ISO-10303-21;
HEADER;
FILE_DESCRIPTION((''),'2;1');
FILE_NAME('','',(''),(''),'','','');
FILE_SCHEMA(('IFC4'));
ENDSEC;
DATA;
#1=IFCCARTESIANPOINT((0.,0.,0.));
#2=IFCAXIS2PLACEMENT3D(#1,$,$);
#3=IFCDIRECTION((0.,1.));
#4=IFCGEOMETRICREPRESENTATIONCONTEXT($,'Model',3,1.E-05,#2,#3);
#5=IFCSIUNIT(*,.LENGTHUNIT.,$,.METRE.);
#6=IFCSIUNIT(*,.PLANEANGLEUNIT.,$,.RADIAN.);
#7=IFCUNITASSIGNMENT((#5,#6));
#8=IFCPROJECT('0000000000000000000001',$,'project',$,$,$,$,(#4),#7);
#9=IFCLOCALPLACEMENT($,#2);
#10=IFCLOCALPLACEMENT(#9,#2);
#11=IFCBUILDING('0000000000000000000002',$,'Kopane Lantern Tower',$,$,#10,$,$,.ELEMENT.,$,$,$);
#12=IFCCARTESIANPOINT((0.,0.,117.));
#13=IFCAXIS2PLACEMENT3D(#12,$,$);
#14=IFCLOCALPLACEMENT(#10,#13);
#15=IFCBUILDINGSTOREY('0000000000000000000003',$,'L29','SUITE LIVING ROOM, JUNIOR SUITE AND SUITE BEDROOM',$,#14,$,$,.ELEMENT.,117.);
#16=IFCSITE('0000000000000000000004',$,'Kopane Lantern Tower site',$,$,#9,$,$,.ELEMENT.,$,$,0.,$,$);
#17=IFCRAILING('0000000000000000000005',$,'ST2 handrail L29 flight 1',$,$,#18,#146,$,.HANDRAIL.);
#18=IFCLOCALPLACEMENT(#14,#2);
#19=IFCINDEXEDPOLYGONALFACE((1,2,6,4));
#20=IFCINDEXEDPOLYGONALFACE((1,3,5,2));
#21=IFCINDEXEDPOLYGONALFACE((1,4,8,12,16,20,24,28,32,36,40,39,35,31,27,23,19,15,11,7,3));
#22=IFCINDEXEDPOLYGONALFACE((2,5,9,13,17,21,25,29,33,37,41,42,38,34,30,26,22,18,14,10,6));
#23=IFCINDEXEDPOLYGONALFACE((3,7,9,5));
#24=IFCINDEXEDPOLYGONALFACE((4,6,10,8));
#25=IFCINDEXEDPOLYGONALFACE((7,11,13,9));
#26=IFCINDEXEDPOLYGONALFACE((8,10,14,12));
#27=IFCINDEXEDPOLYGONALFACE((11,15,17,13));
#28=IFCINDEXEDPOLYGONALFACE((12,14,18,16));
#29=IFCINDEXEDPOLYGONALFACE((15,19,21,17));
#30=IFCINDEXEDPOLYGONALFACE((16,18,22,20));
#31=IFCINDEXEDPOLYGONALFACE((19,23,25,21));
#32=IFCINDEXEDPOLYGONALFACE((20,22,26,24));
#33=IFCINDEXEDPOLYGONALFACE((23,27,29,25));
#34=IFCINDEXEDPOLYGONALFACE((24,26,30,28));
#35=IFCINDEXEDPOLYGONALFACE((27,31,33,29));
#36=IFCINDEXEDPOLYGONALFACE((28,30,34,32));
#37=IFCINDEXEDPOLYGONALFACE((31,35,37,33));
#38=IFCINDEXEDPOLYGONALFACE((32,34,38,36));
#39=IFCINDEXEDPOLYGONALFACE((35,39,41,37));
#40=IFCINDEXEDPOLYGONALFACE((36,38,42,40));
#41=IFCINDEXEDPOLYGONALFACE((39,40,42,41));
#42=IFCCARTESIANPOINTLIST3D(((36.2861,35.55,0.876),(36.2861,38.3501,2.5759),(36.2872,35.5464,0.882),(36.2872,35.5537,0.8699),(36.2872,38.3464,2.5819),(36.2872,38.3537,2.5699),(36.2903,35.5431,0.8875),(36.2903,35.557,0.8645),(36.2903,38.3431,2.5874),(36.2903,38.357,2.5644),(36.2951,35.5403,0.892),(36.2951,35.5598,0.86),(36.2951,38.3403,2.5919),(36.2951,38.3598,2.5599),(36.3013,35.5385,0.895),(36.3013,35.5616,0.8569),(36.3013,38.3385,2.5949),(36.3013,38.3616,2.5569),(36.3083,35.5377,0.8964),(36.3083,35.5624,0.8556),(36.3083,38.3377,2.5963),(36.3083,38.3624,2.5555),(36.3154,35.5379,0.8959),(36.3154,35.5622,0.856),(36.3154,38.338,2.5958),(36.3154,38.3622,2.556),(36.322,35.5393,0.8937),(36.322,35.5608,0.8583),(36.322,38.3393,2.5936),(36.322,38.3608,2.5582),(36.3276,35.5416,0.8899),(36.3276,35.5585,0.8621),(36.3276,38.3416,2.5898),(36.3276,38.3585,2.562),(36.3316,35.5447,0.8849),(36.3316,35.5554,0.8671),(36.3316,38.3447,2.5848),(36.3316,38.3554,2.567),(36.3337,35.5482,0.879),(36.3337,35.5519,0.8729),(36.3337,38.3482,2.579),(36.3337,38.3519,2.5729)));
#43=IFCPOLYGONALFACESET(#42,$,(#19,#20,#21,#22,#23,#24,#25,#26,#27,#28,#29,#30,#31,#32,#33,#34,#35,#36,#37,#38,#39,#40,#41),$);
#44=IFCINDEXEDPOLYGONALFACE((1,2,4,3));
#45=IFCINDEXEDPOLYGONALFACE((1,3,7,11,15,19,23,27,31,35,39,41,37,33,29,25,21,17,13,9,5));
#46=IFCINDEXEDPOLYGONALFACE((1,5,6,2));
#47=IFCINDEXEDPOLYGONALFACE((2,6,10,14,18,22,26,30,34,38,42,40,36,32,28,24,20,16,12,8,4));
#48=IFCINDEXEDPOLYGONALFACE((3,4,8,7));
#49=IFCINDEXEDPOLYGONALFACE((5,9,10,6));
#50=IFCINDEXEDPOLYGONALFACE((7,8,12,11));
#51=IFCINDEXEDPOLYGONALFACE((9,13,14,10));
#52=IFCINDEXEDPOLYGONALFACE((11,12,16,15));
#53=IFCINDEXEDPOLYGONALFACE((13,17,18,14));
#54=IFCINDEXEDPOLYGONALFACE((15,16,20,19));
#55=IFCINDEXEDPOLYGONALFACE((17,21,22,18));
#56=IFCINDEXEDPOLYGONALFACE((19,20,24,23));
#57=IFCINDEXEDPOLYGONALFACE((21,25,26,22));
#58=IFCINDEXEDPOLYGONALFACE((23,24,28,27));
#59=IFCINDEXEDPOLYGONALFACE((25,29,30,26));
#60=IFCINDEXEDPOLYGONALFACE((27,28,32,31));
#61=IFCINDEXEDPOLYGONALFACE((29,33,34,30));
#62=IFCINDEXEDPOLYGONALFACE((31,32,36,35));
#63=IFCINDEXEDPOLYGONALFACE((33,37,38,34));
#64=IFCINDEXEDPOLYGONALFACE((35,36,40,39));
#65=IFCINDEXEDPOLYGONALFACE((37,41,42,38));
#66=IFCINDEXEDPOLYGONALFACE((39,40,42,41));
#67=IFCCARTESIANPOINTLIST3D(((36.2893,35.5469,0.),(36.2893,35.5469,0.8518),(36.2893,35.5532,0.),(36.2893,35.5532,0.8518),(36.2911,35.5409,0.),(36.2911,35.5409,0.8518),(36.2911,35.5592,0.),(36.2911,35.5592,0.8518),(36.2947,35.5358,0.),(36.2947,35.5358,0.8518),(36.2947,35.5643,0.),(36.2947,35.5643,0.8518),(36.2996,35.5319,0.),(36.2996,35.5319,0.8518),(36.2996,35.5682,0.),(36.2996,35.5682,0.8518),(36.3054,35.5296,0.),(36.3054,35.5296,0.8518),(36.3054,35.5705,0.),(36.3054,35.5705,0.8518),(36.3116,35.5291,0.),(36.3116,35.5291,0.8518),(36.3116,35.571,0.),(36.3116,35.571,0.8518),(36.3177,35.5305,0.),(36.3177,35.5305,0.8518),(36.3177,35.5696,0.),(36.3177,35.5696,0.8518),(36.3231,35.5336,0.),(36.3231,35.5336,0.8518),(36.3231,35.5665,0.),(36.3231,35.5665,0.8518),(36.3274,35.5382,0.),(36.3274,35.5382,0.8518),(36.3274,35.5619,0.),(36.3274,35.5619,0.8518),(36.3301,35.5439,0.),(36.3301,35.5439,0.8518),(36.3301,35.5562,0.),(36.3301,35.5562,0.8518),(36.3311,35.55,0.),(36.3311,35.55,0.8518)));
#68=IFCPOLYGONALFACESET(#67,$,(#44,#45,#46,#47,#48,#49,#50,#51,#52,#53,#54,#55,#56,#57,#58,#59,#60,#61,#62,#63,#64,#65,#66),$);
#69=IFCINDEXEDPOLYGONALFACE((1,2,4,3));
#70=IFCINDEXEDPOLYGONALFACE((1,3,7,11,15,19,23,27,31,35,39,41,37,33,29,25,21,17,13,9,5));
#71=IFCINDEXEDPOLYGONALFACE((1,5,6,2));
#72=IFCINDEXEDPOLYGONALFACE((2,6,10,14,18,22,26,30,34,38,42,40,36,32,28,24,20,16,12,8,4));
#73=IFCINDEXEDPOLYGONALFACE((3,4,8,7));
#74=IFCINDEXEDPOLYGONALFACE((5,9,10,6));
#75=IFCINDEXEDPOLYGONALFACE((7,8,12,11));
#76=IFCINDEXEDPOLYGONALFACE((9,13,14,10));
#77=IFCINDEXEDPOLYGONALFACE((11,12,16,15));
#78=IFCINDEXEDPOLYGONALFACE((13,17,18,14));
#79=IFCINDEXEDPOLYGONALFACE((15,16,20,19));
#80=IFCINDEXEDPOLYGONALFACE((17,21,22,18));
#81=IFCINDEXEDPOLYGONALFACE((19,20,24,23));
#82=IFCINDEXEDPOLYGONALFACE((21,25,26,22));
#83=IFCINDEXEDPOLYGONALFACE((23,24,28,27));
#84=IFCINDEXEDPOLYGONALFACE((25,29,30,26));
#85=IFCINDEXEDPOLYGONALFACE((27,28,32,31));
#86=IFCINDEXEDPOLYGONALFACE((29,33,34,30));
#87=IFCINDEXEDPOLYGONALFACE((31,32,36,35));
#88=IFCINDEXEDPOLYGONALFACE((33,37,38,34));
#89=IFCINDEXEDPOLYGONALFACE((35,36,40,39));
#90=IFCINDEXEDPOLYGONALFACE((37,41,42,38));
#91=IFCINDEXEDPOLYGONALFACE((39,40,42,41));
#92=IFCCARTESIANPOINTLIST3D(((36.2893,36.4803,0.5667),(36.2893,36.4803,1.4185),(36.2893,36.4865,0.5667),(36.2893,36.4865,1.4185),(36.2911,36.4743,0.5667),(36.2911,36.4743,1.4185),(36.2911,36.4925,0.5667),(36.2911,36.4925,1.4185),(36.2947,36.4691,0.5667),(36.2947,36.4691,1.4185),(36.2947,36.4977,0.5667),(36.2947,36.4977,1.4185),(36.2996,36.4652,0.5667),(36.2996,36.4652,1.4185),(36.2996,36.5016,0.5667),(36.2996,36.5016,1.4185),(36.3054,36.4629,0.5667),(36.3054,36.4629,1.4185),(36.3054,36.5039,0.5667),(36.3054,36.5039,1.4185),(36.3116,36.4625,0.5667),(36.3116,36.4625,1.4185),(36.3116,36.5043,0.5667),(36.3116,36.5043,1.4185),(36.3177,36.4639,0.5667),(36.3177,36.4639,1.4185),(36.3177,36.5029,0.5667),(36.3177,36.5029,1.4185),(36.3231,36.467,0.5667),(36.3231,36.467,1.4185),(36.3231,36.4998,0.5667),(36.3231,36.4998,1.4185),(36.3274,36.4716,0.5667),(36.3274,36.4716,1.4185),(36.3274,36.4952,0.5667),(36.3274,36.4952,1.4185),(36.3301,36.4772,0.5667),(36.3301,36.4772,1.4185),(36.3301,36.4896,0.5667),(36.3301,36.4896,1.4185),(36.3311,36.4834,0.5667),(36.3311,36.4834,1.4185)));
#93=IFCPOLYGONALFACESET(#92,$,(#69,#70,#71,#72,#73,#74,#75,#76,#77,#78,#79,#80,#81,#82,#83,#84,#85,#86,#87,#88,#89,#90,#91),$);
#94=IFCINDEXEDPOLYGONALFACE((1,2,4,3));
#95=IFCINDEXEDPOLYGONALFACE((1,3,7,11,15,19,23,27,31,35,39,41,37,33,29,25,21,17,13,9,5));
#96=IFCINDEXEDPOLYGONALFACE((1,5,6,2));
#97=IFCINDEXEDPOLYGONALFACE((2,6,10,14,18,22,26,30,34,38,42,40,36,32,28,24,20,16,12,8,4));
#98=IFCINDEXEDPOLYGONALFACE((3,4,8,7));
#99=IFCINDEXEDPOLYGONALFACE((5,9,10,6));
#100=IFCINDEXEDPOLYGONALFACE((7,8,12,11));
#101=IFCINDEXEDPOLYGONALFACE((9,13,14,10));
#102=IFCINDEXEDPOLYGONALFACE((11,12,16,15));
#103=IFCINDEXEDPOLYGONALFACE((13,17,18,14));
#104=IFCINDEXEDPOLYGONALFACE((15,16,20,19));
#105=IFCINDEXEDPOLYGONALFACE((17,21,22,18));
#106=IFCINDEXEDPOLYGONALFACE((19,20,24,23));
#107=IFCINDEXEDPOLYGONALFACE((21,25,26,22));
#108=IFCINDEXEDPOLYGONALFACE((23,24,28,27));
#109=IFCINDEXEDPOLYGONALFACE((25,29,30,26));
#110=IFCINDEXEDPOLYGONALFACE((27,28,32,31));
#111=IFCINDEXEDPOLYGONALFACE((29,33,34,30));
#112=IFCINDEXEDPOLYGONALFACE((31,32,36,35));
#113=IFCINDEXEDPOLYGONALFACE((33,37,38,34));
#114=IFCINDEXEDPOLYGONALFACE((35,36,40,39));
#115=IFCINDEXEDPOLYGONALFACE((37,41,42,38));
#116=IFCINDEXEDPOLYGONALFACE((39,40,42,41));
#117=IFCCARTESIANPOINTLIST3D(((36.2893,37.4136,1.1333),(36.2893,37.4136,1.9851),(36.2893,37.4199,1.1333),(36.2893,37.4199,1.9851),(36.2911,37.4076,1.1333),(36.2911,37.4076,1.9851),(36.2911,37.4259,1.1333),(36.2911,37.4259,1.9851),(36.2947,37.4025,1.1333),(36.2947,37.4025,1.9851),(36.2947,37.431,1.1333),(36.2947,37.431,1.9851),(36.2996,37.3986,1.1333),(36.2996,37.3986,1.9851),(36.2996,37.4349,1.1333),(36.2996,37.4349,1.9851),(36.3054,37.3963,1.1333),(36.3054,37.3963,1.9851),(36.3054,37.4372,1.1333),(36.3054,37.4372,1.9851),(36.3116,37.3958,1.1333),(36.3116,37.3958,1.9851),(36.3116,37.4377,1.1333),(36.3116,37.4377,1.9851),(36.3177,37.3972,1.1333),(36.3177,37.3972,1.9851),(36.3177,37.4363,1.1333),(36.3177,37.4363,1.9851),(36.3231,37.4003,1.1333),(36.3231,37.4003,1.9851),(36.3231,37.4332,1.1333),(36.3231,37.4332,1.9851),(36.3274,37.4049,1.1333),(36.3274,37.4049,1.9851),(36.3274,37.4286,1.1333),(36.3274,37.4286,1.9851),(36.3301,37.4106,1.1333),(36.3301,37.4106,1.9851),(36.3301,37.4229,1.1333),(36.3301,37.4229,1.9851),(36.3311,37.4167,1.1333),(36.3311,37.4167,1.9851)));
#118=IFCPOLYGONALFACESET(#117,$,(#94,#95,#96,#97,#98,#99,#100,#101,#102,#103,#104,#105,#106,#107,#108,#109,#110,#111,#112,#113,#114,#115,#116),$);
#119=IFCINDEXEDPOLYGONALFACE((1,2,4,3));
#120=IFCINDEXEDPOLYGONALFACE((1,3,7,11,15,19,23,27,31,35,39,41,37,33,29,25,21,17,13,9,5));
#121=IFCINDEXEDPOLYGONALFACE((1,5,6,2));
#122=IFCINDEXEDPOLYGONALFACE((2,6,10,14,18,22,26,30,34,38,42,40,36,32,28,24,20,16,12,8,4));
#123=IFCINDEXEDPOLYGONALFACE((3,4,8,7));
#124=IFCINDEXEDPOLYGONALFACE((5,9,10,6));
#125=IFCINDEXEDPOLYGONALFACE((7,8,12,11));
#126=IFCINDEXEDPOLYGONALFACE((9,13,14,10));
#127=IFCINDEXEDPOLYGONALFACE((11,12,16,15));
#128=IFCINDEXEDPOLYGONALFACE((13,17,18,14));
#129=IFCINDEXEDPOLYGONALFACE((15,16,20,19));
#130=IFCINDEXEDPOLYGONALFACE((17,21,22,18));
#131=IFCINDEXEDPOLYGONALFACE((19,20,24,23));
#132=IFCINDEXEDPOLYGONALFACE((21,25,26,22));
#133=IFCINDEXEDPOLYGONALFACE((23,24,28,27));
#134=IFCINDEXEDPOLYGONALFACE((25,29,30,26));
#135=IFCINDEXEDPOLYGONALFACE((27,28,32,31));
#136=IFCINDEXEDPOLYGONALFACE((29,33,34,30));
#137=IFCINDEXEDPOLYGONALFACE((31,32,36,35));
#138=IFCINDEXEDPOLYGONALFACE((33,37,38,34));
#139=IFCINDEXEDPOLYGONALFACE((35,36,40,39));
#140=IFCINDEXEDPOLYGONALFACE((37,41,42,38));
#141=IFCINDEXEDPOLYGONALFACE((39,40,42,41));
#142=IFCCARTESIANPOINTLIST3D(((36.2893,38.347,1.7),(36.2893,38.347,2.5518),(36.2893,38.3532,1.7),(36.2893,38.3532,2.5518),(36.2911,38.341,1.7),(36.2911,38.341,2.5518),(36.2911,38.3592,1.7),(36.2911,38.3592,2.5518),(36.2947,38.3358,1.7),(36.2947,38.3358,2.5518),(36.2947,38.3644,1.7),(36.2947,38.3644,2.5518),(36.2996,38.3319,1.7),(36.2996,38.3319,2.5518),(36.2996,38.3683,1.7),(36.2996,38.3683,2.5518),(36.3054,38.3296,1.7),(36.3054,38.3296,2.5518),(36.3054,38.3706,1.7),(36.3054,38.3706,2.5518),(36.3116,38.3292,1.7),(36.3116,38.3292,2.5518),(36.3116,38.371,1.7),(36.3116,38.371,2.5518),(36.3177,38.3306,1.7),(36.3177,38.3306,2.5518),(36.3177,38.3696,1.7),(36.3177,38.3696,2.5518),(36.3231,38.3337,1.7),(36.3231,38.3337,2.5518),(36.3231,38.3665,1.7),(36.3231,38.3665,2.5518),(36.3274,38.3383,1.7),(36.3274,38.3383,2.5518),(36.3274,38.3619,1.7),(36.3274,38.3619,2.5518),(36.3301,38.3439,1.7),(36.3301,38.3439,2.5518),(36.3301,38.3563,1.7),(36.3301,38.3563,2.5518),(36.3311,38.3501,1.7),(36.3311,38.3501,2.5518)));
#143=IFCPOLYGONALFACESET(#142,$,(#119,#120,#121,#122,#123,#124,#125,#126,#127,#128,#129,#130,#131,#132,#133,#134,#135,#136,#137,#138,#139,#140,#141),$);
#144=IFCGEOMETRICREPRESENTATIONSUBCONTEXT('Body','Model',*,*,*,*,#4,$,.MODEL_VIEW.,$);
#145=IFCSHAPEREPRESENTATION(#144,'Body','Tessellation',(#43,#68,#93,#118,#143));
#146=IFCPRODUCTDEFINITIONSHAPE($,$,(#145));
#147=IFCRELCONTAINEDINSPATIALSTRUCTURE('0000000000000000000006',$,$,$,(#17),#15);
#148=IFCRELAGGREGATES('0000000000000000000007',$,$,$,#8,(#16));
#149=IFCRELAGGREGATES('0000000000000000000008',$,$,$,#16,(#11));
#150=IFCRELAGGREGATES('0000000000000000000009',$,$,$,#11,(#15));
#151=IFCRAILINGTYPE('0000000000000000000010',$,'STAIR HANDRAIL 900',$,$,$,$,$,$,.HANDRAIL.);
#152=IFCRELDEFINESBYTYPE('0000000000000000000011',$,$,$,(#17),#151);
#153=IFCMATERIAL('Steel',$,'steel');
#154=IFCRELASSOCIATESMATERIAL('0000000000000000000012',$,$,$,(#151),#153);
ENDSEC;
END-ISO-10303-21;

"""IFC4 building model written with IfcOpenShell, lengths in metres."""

from ifc_helpers import new_model, si_unit, direction, frame, origin, origin_2d, place, context, subcontext, project, spatial, circle, extrude, material, type_object, element, save


model = new_model("IFC4")

# Units and contexts
model_context = context("Model", 3, precision=1e-05, world=origin(), true_north=direction((0.0, 1.0)))
body_context = subcontext(model_context, "Body", "Model", "MODEL_VIEW")
ifc_project = project(units=[si_unit("LENGTHUNIT", "METRE"), si_unit("PLANEANGLEUNIT", "RADIAN")], contexts=[model_context])

# Site, building, storey
site_placement = place(None, origin())
site = spatial("IfcSite", under=ifc_project, at=site_placement, Name="Kopane Lantern Tower site", CompositionType="ELEMENT", RefElevation=0.0)
building_placement = place(site_placement, origin())
building = spatial("IfcBuilding", under=site, at=building_placement, Name="Kopane Lantern Tower", CompositionType="ELEMENT")
storey_placement = place(building_placement, frame((0.0, 0.0, 117.0)))
storey = spatial("IfcBuildingStorey", under=building, at=storey_placement, Name="L29", Description="SUITE LIVING ROOM, JUNIOR SUITE AND SUITE BEDROOM", CompositionType="ELEMENT", Elevation=117.0)

# Railing
ifc_material_1 = material(Name="Steel", Category="steel")
railing_type_1 = type_object("IfcRailingType", Name="STAIR HANDRAIL 900", PredefinedType="HANDRAIL", material=ifc_material_1)
for number, where, name in (
    (1, (36.3101, 35.55, 0.0), "ST2 handrail L29 flight 1"),
):
    element("IfcRailing", number, at=place(storey_placement, frame(where)), inside=storey, type_object=railing_type_1, Name=name, PredefinedType="HANDRAIL", context=body_context, shape_type="SweptSolid", body=[
        extrude(circle(Radius=0.0239, at=origin_2d()), frame((0.0, 0.0, 0.876), z_axis=(0.0, 0.854798, 0.518961), x_axis=(-1.0, 0.0, 0.0)), (0.0, 0.0, 1.0), 3.2756),
        extrude(circle(Radius=0.021, at=origin_2d()), origin(), (0.0, 0.0, 1.0), 0.8518),
        extrude(circle(Radius=0.021, at=origin_2d()), frame((0.0, 0.9333, 0.5667)), (0.0, 0.0, 1.0), 0.8518),
        extrude(circle(Radius=0.021, at=origin_2d()), frame((0.0, 1.8667, 1.1333)), (0.0, 0.0, 1.0), 0.8518),
        extrude(circle(Radius=0.021, at=origin_2d()), frame((0.0, 2.8, 1.7)), (0.0, 0.0, 1.0), 0.8518),
    ])

save(model, "model.ifc")
